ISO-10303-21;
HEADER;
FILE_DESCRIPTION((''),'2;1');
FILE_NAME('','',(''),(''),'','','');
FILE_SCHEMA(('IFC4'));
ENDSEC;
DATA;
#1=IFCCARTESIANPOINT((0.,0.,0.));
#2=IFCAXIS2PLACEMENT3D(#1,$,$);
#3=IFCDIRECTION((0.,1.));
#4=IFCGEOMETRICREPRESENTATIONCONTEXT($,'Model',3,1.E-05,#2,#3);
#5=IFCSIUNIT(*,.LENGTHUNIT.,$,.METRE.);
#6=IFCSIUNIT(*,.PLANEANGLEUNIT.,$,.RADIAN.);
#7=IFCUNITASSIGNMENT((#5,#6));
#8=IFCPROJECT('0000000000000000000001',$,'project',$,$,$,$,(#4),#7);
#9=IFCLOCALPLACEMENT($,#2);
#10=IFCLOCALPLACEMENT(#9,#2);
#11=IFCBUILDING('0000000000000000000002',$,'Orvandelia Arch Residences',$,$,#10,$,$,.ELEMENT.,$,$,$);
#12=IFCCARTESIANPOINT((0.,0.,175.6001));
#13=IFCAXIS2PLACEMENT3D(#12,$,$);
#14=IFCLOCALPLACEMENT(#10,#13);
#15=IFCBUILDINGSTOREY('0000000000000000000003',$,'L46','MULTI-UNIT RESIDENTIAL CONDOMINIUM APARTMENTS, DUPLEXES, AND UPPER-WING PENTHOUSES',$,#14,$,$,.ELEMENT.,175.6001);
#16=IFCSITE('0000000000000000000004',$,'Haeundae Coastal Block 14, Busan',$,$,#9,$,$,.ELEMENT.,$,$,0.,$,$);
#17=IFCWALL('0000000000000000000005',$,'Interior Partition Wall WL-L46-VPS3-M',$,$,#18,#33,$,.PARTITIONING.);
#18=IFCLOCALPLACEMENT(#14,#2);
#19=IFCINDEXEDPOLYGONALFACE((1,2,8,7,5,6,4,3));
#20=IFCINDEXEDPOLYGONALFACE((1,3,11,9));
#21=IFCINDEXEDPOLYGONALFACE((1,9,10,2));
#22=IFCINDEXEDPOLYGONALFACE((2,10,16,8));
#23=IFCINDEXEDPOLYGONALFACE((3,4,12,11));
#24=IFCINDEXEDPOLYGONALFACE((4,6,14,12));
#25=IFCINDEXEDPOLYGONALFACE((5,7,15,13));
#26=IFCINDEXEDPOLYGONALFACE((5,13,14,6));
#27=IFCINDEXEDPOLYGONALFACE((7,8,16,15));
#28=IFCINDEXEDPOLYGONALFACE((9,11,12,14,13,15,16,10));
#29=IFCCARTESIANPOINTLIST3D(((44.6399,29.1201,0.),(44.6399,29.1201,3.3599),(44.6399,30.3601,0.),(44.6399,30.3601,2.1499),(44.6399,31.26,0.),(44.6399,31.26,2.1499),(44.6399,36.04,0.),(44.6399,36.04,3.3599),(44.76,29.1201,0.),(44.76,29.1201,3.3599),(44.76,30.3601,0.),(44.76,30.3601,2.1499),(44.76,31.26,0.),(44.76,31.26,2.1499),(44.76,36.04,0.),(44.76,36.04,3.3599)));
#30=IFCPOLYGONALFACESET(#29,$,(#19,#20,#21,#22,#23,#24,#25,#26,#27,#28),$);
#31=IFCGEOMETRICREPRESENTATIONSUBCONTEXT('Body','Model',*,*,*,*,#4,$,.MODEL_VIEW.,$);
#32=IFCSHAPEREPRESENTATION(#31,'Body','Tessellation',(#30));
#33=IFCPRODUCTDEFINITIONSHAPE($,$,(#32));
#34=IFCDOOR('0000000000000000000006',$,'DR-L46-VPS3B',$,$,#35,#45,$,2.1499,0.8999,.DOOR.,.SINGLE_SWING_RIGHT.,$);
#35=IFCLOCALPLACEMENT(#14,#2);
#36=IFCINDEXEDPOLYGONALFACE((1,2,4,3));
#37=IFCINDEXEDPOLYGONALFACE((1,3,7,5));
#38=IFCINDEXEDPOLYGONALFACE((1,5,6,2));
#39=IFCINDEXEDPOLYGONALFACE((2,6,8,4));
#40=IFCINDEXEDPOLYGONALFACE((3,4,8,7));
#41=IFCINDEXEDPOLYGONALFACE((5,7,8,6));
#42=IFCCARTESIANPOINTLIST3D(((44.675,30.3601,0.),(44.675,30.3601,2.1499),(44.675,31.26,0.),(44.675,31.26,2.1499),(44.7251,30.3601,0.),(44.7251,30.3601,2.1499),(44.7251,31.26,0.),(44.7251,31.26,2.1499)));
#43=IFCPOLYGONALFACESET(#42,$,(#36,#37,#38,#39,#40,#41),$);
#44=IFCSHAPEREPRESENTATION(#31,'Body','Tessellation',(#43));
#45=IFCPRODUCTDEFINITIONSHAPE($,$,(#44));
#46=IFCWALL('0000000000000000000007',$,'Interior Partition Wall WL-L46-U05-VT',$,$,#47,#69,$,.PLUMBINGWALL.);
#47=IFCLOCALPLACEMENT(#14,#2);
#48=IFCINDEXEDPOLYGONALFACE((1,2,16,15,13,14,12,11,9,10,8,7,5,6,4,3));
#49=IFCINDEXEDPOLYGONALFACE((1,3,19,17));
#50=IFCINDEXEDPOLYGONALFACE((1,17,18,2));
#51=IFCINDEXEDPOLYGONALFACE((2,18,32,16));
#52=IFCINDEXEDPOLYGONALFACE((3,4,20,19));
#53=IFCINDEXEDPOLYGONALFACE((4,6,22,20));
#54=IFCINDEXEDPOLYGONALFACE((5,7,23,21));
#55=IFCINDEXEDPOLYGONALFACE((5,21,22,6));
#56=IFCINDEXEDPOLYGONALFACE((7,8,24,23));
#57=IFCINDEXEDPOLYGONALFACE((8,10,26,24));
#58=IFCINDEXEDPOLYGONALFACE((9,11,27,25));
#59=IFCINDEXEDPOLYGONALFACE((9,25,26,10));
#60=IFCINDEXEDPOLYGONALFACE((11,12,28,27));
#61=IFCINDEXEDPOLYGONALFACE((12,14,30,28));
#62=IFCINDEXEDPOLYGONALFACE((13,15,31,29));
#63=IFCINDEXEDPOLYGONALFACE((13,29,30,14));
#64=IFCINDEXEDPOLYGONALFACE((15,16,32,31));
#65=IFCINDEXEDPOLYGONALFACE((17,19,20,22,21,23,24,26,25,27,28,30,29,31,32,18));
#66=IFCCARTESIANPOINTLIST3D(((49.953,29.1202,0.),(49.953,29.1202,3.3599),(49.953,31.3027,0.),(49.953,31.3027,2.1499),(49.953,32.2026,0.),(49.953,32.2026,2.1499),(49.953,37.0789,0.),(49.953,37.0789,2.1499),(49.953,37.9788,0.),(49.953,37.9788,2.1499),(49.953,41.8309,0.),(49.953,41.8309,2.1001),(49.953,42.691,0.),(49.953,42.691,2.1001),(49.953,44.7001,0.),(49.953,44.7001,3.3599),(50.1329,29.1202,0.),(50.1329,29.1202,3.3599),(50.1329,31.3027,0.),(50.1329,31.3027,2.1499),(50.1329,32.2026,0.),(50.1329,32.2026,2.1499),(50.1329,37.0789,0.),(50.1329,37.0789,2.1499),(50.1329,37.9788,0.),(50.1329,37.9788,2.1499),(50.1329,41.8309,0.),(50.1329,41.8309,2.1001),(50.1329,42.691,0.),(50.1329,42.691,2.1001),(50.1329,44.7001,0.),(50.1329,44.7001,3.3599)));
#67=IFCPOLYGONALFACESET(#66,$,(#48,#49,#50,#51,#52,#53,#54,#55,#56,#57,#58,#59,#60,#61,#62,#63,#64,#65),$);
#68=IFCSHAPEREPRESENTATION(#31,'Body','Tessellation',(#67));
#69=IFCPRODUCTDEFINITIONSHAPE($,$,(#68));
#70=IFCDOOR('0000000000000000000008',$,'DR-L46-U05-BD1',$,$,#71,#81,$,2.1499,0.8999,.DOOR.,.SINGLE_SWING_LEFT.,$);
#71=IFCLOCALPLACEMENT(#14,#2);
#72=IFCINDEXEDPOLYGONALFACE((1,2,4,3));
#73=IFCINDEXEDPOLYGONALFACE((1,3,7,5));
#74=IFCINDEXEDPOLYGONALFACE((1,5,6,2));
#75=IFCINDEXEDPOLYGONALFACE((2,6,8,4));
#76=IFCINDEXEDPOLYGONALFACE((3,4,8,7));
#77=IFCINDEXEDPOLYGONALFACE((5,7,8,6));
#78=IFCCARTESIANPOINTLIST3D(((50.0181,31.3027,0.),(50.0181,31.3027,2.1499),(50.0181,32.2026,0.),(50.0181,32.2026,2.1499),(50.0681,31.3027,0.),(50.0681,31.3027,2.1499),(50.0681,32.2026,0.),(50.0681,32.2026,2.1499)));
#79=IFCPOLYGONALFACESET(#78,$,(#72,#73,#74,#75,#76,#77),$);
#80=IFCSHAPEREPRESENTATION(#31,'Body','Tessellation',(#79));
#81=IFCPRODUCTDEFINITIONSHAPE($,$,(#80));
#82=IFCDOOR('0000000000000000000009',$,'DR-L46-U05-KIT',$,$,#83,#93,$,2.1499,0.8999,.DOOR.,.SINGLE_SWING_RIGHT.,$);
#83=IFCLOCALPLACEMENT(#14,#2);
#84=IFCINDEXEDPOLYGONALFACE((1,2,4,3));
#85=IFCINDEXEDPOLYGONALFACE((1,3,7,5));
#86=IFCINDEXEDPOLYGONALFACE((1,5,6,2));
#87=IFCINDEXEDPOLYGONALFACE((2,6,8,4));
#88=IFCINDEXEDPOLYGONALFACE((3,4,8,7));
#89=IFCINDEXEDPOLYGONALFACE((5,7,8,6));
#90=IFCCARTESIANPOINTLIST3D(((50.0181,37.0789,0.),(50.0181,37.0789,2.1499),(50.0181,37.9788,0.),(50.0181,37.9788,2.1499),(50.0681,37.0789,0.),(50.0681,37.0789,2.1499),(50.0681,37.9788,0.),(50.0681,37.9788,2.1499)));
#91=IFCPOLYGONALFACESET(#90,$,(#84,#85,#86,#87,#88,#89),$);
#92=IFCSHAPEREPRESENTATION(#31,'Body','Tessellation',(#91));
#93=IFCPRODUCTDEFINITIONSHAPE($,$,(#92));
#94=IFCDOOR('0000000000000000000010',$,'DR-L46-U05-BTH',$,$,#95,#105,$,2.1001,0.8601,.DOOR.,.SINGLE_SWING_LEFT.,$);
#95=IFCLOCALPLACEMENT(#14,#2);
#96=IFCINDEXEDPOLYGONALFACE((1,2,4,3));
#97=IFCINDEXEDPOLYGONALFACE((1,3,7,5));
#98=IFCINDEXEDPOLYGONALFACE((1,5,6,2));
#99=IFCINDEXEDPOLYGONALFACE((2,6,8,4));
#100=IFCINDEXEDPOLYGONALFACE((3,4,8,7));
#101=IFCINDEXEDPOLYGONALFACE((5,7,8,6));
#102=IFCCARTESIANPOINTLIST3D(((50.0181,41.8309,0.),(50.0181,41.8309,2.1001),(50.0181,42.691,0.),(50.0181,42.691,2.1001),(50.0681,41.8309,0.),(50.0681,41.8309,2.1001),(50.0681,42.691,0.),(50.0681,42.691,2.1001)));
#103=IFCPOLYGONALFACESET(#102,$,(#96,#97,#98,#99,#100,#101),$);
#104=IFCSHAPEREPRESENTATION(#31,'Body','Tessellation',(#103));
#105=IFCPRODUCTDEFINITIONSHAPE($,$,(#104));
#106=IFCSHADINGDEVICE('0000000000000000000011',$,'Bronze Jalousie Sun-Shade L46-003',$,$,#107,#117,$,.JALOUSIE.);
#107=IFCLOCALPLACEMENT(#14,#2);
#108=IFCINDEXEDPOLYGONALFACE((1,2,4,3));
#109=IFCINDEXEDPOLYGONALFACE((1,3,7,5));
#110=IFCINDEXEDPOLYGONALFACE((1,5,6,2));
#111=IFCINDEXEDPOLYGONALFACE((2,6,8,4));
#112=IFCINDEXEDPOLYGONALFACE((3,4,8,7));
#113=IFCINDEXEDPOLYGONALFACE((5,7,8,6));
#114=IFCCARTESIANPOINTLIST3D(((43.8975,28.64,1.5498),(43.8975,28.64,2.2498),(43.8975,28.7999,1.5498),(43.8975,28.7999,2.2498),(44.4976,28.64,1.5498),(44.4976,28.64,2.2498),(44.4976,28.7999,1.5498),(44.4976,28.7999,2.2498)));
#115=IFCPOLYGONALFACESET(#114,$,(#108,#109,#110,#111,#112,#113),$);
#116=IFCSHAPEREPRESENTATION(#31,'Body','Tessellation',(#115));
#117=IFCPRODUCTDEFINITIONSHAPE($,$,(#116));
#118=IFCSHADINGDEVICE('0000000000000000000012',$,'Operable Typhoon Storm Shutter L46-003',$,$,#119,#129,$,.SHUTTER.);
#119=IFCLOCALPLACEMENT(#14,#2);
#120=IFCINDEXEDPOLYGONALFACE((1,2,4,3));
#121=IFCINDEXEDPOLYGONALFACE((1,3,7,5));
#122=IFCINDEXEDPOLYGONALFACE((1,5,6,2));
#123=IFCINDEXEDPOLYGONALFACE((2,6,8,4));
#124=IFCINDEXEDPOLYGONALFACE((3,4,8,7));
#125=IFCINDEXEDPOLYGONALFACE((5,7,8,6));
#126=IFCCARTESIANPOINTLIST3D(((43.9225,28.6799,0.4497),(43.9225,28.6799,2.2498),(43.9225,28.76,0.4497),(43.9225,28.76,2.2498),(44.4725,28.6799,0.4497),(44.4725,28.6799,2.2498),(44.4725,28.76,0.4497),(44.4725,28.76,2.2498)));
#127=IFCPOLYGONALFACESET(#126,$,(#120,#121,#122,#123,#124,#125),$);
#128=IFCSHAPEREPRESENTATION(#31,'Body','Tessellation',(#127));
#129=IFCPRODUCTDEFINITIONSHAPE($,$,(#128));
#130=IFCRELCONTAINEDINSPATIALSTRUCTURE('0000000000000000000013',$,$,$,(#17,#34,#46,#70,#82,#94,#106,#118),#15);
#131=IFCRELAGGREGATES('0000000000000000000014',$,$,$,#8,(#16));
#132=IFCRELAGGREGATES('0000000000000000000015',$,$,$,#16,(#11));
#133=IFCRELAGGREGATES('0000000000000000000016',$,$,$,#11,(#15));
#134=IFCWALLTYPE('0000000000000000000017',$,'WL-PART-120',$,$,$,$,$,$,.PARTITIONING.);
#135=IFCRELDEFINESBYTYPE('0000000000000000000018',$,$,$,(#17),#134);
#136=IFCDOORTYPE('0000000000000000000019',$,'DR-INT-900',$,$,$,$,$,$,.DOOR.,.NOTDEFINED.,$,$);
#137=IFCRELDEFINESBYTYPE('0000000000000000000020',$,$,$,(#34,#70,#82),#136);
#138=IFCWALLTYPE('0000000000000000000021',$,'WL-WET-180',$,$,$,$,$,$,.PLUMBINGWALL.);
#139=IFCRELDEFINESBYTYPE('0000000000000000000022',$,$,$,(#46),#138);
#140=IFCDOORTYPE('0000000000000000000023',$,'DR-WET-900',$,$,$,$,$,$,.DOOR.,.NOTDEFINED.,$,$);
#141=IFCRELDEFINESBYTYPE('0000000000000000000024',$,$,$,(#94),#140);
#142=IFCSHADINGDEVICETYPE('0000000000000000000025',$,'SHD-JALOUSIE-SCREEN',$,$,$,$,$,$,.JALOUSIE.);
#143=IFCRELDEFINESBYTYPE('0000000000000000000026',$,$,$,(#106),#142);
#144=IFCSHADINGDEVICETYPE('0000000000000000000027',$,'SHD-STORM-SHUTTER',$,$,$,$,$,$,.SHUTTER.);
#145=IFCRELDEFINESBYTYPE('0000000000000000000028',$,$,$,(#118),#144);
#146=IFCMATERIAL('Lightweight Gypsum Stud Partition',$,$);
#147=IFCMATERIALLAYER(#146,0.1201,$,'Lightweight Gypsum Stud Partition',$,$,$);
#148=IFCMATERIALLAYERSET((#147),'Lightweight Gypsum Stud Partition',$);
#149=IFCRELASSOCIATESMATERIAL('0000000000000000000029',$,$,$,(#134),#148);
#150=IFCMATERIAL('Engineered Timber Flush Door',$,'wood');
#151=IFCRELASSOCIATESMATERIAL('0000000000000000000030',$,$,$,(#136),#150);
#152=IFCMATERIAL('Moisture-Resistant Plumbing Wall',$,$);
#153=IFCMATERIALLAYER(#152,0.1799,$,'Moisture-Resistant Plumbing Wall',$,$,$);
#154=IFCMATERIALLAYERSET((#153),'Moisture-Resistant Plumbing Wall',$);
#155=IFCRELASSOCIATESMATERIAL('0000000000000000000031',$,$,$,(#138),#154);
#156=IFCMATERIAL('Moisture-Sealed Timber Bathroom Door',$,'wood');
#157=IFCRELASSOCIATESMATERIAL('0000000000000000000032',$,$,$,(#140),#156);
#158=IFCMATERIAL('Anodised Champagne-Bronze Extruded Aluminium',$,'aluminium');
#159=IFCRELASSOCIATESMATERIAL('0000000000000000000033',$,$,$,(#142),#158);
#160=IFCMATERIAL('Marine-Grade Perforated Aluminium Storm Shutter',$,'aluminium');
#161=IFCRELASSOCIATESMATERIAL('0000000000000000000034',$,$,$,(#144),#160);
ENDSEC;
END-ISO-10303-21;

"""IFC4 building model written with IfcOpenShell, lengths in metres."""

from ifc_helpers import new_model, si_unit, direction, frame, frame_2d, origin, origin_2d, place, context, subcontext, project, spatial, rectangle, extrude, material, layer, layer_set, type_object, element, fill, save


model = new_model("IFC4")

# Units and contexts
model_context = context("Model", 3, precision=1e-05, world=origin(), true_north=direction((0.0, 1.0)))
body_context = subcontext(model_context, "Body", "Model", "MODEL_VIEW")
ifc_project = project(units=[si_unit("LENGTHUNIT", "METRE"), si_unit("PLANEANGLEUNIT", "RADIAN")], contexts=[model_context])

# Site, building, storey
site_placement = place(None, origin())
site = spatial("IfcSite", under=ifc_project, at=site_placement, Name="Haeundae Coastal Block 14, Busan", CompositionType="ELEMENT", RefElevation=0.0)
building_placement = place(site_placement, origin())
building = spatial("IfcBuilding", under=site, at=building_placement, Name="Orvandelia Arch Residences", CompositionType="ELEMENT")
storey_placement = place(building_placement, frame((0.0, 0.0, 175.6001)))
storey = spatial("IfcBuildingStorey", under=building, at=storey_placement, Name="L46", Description="MULTI-UNIT RESIDENTIAL CONDOMINIUM APARTMENTS, DUPLEXES, AND UPPER-WING PENTHOUSES", CompositionType="ELEMENT", Elevation=175.6001)

# Wall, opening, door
ifc_material_1 = material(Name="Lightweight Gypsum Stud Partition")
ifc_layer_1 = layer(ifc_material_1, 0.1201, Name="Lightweight Gypsum Stud Partition")
ifc_layer_set_1 = layer_set([ifc_layer_1], Name="Lightweight Gypsum Stud Partition")
wall_type_1 = type_object("IfcWallType", Name="WL-PART-120", PredefinedType="PARTITIONING", material=ifc_layer_set_1)
wall_1_placement = place(storey_placement, frame((44.7, 29.1201, 0.0), z_axis=(0.0, 0.0, 1.0), x_axis=(0.0, 1.0, 0.0)))
wall_1 = element("IfcWall", 1, at=wall_1_placement, inside=storey, type_object=wall_type_1, Name="Interior Partition Wall WL-L46-VPS3-M", PredefinedType="PARTITIONING", context=body_context, shape_type="SweptSolid", body=[
    extrude(rectangle(XDim=6.9199, YDim=0.1201, at=frame_2d((3.46, 0.0))), origin(), (0.0, 0.0, 1.0), 3.3599),
])
opening_1_placement = place(wall_1_placement, frame((1.24, 0.0, 0.0)))
opening_1 = element("IfcOpeningElement", 2, at=opening_1_placement, cuts=wall_1, PredefinedType="OPENING", context=body_context, shape_type="SweptSolid", body=[
    extrude(rectangle(XDim=0.8999, YDim=2.1499, at=frame_2d((0.45, 1.075))), frame((0.0, 0.0701, 0.0), z_axis=(0.0, -1.0, 0.0), x_axis=(1.0, 0.0, 0.0)), (0.0, 0.0, 1.0), 0.1401),
])
ifc_material_2 = material(Name="Engineered Timber Flush Door", Category="wood")
door_type_1 = type_object("IfcDoorType", Name="DR-INT-900", OperationType="NOTDEFINED", PredefinedType="DOOR", material=ifc_material_2)
door_1_placement = place(opening_1_placement, origin())
door_1 = element("IfcDoor", 3, at=door_1_placement, inside=storey, type_object=door_type_1, Name="DR-L46-VPS3B", OperationType="SINGLE_SWING_RIGHT", OverallHeight=2.1499, OverallWidth=0.8999, PredefinedType="DOOR", context=body_context, shape_type="SweptSolid", body=[
    extrude(rectangle(XDim=0.8999, YDim=2.1499, at=frame_2d((0.45, 1.075))), frame((0.0, 0.0249, 0.0), z_axis=(0.0, -1.0, 0.0), x_axis=(1.0, 0.0, 0.0)), (0.0, 0.0, 1.0), 0.05),
])
fill(opening_1, door_1)

# Wall, openings, doors
ifc_material_3 = material(Name="Moisture-Resistant Plumbing Wall")
ifc_layer_2 = layer(ifc_material_3, 0.1799, Name="Moisture-Resistant Plumbing Wall")
ifc_layer_set_2 = layer_set([ifc_layer_2], Name="Moisture-Resistant Plumbing Wall")
wall_type_2 = type_object("IfcWallType", Name="WL-WET-180", PredefinedType="PLUMBINGWALL", material=ifc_layer_set_2)
wall_2_placement = place(storey_placement, frame((50.043, 29.1201, 0.0), z_axis=(0.0, 0.0, 1.0), x_axis=(0.0, 1.0, 0.0)))
wall_2 = element("IfcWall", 4, at=wall_2_placement, inside=storey, type_object=wall_type_2, Name="Interior Partition Wall WL-L46-U05-VT", PredefinedType="PLUMBINGWALL", context=body_context, shape_type="SweptSolid", body=[
    extrude(rectangle(XDim=15.5798, YDim=0.1799, at=frame_2d((7.79, 0.0))), origin(), (0.0, 0.0, 1.0), 3.3599),
])
opening_2_placement = place(wall_2_placement, frame((2.1826, 0.0, 0.0)))
opening_2 = element("IfcOpeningElement", 5, at=opening_2_placement, cuts=wall_2, PredefinedType="OPENING", context=body_context, shape_type="SweptSolid", body=[
    extrude(rectangle(XDim=0.8999, YDim=2.1499, at=frame_2d((0.45, 1.075))), frame((0.0, 0.1001, 0.0), z_axis=(0.0, -1.0, 0.0), x_axis=(1.0, 0.0, 0.0)), (0.0, 0.0, 1.0), 0.2),
])
opening_3_placement = place(wall_2_placement, frame((7.9587, 0.0, 0.0)))
opening_3 = element("IfcOpeningElement", 6, at=opening_3_placement, cuts=wall_2, PredefinedType="OPENING", context=body_context, shape_type="SweptSolid", body=[
    extrude(rectangle(XDim=0.8999, YDim=2.1499, at=frame_2d((0.45, 1.075))), frame((0.0, 0.1001, 0.0), z_axis=(0.0, -1.0, 0.0), x_axis=(1.0, 0.0, 0.0)), (0.0, 0.0, 1.0), 0.2),
])
opening_4_placement = place(wall_2_placement, frame((12.7107, 0.0, 0.0)))
opening_4 = element("IfcOpeningElement", 7, at=opening_4_placement, cuts=wall_2, PredefinedType="OPENING", context=body_context, shape_type="SweptSolid", body=[
    extrude(rectangle(XDim=0.8601, YDim=2.1001, at=frame_2d((0.4302, 1.05))), frame((0.0, 0.1001, 0.0), z_axis=(0.0, -1.0, 0.0), x_axis=(1.0, 0.0, 0.0)), (0.0, 0.0, 1.0), 0.2),
])
door_2_placement = place(opening_2_placement, origin())
door_2 = element("IfcDoor", 8, at=door_2_placement, inside=storey, type_object=door_type_1, Name="DR-L46-U05-BD1", OperationType="SINGLE_SWING_LEFT", OverallHeight=2.1499, OverallWidth=0.8999, PredefinedType="DOOR", context=body_context, shape_type="SweptSolid", body=[
    extrude(rectangle(XDim=0.8999, YDim=2.1499, at=frame_2d((0.45, 1.075))), frame((0.0, 0.0249, 0.0), z_axis=(0.0, -1.0, 0.0), x_axis=(1.0, 0.0, 0.0)), (0.0, 0.0, 1.0), 0.05),
])
fill(opening_2, door_2)
door_3_placement = place(opening_3_placement, origin())
door_3 = element("IfcDoor", 9, at=door_3_placement, inside=storey, type_object=door_type_1, Name="DR-L46-U05-KIT", OperationType="SINGLE_SWING_RIGHT", OverallHeight=2.1499, OverallWidth=0.8999, PredefinedType="DOOR", context=body_context, shape_type="SweptSolid", body=[
    extrude(rectangle(XDim=0.8999, YDim=2.1499, at=frame_2d((0.45, 1.075))), frame((0.0, 0.0249, 0.0), z_axis=(0.0, -1.0, 0.0), x_axis=(1.0, 0.0, 0.0)), (0.0, 0.0, 1.0), 0.05),
])
fill(opening_3, door_3)
ifc_material_4 = material(Name="Moisture-Sealed Timber Bathroom Door", Category="wood")
door_type_2 = type_object("IfcDoorType", Name="DR-WET-900", OperationType="NOTDEFINED", PredefinedType="DOOR", material=ifc_material_4)
door_4_placement = place(opening_4_placement, origin())
door_4 = element("IfcDoor", 10, at=door_4_placement, inside=storey, type_object=door_type_2, Name="DR-L46-U05-BTH", OperationType="SINGLE_SWING_LEFT", OverallHeight=2.1001, OverallWidth=0.8601, PredefinedType="DOOR", context=body_context, shape_type="SweptSolid", body=[
    extrude(rectangle(XDim=0.8601, YDim=2.1001, at=frame_2d((0.4302, 1.05))), frame((0.0, 0.0249, 0.0), z_axis=(0.0, -1.0, 0.0), x_axis=(1.0, 0.0, 0.0)), (0.0, 0.0, 1.0), 0.05),
])
fill(opening_4, door_4)

# Shading devices
ifc_material_5 = material(Name="Anodised Champagne-Bronze Extruded Aluminium", Category="aluminium")
shading_device_type_1 = type_object("IfcShadingDeviceType", Name="SHD-JALOUSIE-SCREEN", PredefinedType="JALOUSIE", material=ifc_material_5)
shading_device_1_placement = place(storey_placement, frame((44.1975, 28.72, 1.5498), z_axis=(0.0, 0.0, 1.0), x_axis=(-1.0, 0.0, 0.0)))
element("IfcShadingDevice", 11, at=shading_device_1_placement, inside=storey, type_object=shading_device_type_1, Name="Bronze Jalousie Sun-Shade L46-003", PredefinedType="JALOUSIE", context=body_context, shape_type="SweptSolid", body=[
    extrude(rectangle(XDim=0.6001, YDim=0.1599, at=origin_2d()), origin(), (0.0, 0.0, 1.0), 0.7),
])
ifc_material_6 = material(Name="Marine-Grade Perforated Aluminium Storm Shutter", Category="aluminium")
shading_device_type_2 = type_object("IfcShadingDeviceType", Name="SHD-STORM-SHUTTER", PredefinedType="SHUTTER", material=ifc_material_6)
shading_device_2_placement = place(storey_placement, frame((44.1975, 28.72, 0.4497), z_axis=(0.0, 0.0, 1.0), x_axis=(-1.0, 0.0, 0.0)))
element("IfcShadingDevice", 12, at=shading_device_2_placement, inside=storey, type_object=shading_device_type_2, Name="Operable Typhoon Storm Shutter L46-003", PredefinedType="SHUTTER", context=body_context, shape_type="SweptSolid", body=[
    extrude(rectangle(XDim=0.55, YDim=0.0801, at=origin_2d()), origin(), (0.0, 0.0, 1.0), 1.8),
])

save(model, "model.ifc")
